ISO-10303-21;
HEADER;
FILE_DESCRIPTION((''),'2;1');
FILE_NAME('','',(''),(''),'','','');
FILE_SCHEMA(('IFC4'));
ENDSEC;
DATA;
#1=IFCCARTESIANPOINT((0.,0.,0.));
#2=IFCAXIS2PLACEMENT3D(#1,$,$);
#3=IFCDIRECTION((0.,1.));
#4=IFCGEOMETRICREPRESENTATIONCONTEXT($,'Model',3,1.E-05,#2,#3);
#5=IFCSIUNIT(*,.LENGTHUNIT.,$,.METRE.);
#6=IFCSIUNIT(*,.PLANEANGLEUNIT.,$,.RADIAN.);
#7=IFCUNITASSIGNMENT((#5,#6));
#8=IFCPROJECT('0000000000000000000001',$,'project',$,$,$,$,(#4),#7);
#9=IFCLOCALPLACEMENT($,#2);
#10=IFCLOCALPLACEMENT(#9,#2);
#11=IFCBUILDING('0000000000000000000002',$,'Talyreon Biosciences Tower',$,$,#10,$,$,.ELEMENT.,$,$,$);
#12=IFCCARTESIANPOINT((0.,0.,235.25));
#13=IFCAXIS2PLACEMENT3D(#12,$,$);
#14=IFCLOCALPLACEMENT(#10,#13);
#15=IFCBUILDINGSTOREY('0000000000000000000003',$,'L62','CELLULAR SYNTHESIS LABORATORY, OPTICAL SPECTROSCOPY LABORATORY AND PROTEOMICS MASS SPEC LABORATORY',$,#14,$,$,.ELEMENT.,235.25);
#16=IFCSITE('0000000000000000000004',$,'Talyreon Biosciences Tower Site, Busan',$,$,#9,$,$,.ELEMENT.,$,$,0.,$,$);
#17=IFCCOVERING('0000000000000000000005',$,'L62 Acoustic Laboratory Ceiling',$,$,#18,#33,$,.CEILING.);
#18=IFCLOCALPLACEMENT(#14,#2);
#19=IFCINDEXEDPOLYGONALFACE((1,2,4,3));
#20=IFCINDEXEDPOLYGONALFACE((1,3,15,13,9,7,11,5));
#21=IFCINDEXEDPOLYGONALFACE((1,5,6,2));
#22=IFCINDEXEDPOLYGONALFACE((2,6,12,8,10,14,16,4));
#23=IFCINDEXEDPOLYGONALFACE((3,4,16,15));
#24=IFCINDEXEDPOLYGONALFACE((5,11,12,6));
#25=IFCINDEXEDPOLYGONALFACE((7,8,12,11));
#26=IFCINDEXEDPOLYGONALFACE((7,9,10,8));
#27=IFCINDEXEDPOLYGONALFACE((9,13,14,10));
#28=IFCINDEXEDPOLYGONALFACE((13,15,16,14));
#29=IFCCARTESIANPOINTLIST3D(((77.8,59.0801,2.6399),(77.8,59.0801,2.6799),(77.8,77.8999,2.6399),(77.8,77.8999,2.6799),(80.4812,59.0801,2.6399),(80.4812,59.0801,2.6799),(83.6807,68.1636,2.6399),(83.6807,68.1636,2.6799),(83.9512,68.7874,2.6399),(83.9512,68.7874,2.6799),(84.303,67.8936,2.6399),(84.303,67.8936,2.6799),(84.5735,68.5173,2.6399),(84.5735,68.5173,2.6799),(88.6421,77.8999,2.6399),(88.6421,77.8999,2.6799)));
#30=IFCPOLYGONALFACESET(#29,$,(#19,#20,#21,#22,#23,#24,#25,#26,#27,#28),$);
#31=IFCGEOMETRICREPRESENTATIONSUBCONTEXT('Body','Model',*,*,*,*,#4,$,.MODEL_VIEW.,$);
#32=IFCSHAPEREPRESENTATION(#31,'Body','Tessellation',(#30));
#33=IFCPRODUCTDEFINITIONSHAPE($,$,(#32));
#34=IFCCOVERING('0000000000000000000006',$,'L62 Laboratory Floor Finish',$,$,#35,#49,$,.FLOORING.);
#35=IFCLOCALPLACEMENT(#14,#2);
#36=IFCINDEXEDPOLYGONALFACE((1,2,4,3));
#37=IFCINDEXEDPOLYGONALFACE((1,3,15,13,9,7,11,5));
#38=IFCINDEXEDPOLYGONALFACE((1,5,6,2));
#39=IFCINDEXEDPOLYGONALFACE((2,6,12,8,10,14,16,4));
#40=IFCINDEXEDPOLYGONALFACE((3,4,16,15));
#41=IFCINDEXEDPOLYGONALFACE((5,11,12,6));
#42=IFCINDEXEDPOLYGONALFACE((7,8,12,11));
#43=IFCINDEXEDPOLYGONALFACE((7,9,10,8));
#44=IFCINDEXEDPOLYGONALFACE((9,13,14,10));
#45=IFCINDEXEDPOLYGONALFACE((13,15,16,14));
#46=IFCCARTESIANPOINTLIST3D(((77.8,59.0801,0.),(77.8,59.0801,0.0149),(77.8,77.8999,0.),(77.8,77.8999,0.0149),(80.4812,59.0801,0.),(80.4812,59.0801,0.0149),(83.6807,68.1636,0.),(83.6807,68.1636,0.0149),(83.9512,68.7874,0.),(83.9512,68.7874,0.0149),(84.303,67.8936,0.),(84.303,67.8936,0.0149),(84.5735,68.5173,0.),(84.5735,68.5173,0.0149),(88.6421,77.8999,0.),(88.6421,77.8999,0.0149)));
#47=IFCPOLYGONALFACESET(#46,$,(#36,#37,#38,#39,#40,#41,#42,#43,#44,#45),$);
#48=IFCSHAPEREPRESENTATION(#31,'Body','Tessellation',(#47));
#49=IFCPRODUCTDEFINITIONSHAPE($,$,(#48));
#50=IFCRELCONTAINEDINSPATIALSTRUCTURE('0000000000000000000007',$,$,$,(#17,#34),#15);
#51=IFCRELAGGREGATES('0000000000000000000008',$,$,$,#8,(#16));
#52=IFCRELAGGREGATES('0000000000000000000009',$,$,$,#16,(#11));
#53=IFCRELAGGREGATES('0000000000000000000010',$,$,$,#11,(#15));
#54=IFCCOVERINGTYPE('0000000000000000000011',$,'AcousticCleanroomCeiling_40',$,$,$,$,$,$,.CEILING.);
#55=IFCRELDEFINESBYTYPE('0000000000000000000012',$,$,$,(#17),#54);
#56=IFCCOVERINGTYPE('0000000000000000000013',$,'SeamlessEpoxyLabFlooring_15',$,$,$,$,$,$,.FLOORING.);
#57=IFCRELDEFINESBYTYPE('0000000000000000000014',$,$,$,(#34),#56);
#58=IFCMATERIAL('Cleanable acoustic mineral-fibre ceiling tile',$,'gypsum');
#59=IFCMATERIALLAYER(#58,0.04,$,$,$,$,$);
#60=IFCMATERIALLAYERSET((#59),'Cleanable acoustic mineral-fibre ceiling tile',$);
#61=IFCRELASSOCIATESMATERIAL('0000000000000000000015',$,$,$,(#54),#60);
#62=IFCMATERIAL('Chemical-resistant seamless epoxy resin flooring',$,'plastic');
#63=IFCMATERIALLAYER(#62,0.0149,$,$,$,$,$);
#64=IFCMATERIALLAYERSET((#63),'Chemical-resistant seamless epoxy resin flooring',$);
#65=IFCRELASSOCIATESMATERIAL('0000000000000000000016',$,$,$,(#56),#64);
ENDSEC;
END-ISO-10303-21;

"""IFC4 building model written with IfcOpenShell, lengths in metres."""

from ifc_helpers import new_model, si_unit, direction, frame, origin, place, context, subcontext, project, spatial, polyline, outline, extrude, material, layer, layer_set, type_object, element, save


model = new_model("IFC4")

# Units and contexts
model_context = context("Model", 3, precision=1e-05, world=origin(), true_north=direction((0.0, 1.0)))
body_context = subcontext(model_context, "Body", "Model", "MODEL_VIEW")
ifc_project = project(units=[si_unit("LENGTHUNIT", "METRE"), si_unit("PLANEANGLEUNIT", "RADIAN")], contexts=[model_context])

# Site, building, storey
site_placement = place(None, origin())
site = spatial("IfcSite", under=ifc_project, at=site_placement, Name="Talyreon Biosciences Tower Site, Busan", CompositionType="ELEMENT", RefElevation=0.0)
building_placement = place(site_placement, origin())
building = spatial("IfcBuilding", under=site, at=building_placement, Name="Talyreon Biosciences Tower", CompositionType="ELEMENT")
storey_placement = place(building_placement, frame((0.0, 0.0, 235.25)))
storey = spatial("IfcBuildingStorey", under=building, at=storey_placement, Name="L62", Description="CELLULAR SYNTHESIS LABORATORY, OPTICAL SPECTROSCOPY LABORATORY AND PROTEOMICS MASS SPEC LABORATORY", CompositionType="ELEMENT", Elevation=235.25)

# Coverings
ifc_material_1 = material(Name="Cleanable acoustic mineral-fibre ceiling tile", Category="gypsum")
ifc_layer_1 = layer(ifc_material_1, 0.04)
ifc_layer_set_1 = layer_set([ifc_layer_1], Name="Cleanable acoustic mineral-fibre ceiling tile")
covering_type_1 = type_object("IfcCoveringType", Name="AcousticCleanroomCeiling_40", PredefinedType="CEILING", material=ifc_layer_set_1)
covering_1_placement = place(storey_placement, frame((0.0, 0.0, 2.6399)))
element("IfcCovering", 1, at=covering_1_placement, inside=storey, type_object=covering_type_1, Name="L62 Acoustic Laboratory Ceiling", PredefinedType="CEILING", context=body_context, shape_type="SweptSolid", body=[
    extrude(outline(polyline([(77.8, 59.0801), (77.8, 77.8999), (88.6421, 77.8999), (84.5735, 68.5173), (83.9512, 68.7874), (83.6807, 68.1636), (84.303, 67.8936), (80.4812, 59.0801), (77.8, 59.0801)])), origin(), (0.0, 0.0, 1.0), 0.04),
])
ifc_material_2 = material(Name="Chemical-resistant seamless epoxy resin flooring", Category="plastic")
ifc_layer_2 = layer(ifc_material_2, 0.0149)
ifc_layer_set_2 = layer_set([ifc_layer_2], Name="Chemical-resistant seamless epoxy resin flooring")
covering_type_2 = type_object("IfcCoveringType", Name="SeamlessEpoxyLabFlooring_15", PredefinedType="FLOORING", material=ifc_layer_set_2)
covering_2_placement = place(storey_placement, origin())
element("IfcCovering", 2, at=covering_2_placement, inside=storey, type_object=covering_type_2, Name="L62 Laboratory Floor Finish", PredefinedType="FLOORING", context=body_context, shape_type="SweptSolid", body=[
    extrude(outline(polyline([(77.8, 59.0801), (77.8, 77.8999), (88.6421, 77.8999), (84.5735, 68.5173), (83.9512, 68.7874), (83.6807, 68.1636), (84.303, 67.8936), (80.4812, 59.0801), (77.8, 59.0801)])), origin(), (0.0, 0.0, 1.0), 0.0149),
])

save(model, "model.ifc")
